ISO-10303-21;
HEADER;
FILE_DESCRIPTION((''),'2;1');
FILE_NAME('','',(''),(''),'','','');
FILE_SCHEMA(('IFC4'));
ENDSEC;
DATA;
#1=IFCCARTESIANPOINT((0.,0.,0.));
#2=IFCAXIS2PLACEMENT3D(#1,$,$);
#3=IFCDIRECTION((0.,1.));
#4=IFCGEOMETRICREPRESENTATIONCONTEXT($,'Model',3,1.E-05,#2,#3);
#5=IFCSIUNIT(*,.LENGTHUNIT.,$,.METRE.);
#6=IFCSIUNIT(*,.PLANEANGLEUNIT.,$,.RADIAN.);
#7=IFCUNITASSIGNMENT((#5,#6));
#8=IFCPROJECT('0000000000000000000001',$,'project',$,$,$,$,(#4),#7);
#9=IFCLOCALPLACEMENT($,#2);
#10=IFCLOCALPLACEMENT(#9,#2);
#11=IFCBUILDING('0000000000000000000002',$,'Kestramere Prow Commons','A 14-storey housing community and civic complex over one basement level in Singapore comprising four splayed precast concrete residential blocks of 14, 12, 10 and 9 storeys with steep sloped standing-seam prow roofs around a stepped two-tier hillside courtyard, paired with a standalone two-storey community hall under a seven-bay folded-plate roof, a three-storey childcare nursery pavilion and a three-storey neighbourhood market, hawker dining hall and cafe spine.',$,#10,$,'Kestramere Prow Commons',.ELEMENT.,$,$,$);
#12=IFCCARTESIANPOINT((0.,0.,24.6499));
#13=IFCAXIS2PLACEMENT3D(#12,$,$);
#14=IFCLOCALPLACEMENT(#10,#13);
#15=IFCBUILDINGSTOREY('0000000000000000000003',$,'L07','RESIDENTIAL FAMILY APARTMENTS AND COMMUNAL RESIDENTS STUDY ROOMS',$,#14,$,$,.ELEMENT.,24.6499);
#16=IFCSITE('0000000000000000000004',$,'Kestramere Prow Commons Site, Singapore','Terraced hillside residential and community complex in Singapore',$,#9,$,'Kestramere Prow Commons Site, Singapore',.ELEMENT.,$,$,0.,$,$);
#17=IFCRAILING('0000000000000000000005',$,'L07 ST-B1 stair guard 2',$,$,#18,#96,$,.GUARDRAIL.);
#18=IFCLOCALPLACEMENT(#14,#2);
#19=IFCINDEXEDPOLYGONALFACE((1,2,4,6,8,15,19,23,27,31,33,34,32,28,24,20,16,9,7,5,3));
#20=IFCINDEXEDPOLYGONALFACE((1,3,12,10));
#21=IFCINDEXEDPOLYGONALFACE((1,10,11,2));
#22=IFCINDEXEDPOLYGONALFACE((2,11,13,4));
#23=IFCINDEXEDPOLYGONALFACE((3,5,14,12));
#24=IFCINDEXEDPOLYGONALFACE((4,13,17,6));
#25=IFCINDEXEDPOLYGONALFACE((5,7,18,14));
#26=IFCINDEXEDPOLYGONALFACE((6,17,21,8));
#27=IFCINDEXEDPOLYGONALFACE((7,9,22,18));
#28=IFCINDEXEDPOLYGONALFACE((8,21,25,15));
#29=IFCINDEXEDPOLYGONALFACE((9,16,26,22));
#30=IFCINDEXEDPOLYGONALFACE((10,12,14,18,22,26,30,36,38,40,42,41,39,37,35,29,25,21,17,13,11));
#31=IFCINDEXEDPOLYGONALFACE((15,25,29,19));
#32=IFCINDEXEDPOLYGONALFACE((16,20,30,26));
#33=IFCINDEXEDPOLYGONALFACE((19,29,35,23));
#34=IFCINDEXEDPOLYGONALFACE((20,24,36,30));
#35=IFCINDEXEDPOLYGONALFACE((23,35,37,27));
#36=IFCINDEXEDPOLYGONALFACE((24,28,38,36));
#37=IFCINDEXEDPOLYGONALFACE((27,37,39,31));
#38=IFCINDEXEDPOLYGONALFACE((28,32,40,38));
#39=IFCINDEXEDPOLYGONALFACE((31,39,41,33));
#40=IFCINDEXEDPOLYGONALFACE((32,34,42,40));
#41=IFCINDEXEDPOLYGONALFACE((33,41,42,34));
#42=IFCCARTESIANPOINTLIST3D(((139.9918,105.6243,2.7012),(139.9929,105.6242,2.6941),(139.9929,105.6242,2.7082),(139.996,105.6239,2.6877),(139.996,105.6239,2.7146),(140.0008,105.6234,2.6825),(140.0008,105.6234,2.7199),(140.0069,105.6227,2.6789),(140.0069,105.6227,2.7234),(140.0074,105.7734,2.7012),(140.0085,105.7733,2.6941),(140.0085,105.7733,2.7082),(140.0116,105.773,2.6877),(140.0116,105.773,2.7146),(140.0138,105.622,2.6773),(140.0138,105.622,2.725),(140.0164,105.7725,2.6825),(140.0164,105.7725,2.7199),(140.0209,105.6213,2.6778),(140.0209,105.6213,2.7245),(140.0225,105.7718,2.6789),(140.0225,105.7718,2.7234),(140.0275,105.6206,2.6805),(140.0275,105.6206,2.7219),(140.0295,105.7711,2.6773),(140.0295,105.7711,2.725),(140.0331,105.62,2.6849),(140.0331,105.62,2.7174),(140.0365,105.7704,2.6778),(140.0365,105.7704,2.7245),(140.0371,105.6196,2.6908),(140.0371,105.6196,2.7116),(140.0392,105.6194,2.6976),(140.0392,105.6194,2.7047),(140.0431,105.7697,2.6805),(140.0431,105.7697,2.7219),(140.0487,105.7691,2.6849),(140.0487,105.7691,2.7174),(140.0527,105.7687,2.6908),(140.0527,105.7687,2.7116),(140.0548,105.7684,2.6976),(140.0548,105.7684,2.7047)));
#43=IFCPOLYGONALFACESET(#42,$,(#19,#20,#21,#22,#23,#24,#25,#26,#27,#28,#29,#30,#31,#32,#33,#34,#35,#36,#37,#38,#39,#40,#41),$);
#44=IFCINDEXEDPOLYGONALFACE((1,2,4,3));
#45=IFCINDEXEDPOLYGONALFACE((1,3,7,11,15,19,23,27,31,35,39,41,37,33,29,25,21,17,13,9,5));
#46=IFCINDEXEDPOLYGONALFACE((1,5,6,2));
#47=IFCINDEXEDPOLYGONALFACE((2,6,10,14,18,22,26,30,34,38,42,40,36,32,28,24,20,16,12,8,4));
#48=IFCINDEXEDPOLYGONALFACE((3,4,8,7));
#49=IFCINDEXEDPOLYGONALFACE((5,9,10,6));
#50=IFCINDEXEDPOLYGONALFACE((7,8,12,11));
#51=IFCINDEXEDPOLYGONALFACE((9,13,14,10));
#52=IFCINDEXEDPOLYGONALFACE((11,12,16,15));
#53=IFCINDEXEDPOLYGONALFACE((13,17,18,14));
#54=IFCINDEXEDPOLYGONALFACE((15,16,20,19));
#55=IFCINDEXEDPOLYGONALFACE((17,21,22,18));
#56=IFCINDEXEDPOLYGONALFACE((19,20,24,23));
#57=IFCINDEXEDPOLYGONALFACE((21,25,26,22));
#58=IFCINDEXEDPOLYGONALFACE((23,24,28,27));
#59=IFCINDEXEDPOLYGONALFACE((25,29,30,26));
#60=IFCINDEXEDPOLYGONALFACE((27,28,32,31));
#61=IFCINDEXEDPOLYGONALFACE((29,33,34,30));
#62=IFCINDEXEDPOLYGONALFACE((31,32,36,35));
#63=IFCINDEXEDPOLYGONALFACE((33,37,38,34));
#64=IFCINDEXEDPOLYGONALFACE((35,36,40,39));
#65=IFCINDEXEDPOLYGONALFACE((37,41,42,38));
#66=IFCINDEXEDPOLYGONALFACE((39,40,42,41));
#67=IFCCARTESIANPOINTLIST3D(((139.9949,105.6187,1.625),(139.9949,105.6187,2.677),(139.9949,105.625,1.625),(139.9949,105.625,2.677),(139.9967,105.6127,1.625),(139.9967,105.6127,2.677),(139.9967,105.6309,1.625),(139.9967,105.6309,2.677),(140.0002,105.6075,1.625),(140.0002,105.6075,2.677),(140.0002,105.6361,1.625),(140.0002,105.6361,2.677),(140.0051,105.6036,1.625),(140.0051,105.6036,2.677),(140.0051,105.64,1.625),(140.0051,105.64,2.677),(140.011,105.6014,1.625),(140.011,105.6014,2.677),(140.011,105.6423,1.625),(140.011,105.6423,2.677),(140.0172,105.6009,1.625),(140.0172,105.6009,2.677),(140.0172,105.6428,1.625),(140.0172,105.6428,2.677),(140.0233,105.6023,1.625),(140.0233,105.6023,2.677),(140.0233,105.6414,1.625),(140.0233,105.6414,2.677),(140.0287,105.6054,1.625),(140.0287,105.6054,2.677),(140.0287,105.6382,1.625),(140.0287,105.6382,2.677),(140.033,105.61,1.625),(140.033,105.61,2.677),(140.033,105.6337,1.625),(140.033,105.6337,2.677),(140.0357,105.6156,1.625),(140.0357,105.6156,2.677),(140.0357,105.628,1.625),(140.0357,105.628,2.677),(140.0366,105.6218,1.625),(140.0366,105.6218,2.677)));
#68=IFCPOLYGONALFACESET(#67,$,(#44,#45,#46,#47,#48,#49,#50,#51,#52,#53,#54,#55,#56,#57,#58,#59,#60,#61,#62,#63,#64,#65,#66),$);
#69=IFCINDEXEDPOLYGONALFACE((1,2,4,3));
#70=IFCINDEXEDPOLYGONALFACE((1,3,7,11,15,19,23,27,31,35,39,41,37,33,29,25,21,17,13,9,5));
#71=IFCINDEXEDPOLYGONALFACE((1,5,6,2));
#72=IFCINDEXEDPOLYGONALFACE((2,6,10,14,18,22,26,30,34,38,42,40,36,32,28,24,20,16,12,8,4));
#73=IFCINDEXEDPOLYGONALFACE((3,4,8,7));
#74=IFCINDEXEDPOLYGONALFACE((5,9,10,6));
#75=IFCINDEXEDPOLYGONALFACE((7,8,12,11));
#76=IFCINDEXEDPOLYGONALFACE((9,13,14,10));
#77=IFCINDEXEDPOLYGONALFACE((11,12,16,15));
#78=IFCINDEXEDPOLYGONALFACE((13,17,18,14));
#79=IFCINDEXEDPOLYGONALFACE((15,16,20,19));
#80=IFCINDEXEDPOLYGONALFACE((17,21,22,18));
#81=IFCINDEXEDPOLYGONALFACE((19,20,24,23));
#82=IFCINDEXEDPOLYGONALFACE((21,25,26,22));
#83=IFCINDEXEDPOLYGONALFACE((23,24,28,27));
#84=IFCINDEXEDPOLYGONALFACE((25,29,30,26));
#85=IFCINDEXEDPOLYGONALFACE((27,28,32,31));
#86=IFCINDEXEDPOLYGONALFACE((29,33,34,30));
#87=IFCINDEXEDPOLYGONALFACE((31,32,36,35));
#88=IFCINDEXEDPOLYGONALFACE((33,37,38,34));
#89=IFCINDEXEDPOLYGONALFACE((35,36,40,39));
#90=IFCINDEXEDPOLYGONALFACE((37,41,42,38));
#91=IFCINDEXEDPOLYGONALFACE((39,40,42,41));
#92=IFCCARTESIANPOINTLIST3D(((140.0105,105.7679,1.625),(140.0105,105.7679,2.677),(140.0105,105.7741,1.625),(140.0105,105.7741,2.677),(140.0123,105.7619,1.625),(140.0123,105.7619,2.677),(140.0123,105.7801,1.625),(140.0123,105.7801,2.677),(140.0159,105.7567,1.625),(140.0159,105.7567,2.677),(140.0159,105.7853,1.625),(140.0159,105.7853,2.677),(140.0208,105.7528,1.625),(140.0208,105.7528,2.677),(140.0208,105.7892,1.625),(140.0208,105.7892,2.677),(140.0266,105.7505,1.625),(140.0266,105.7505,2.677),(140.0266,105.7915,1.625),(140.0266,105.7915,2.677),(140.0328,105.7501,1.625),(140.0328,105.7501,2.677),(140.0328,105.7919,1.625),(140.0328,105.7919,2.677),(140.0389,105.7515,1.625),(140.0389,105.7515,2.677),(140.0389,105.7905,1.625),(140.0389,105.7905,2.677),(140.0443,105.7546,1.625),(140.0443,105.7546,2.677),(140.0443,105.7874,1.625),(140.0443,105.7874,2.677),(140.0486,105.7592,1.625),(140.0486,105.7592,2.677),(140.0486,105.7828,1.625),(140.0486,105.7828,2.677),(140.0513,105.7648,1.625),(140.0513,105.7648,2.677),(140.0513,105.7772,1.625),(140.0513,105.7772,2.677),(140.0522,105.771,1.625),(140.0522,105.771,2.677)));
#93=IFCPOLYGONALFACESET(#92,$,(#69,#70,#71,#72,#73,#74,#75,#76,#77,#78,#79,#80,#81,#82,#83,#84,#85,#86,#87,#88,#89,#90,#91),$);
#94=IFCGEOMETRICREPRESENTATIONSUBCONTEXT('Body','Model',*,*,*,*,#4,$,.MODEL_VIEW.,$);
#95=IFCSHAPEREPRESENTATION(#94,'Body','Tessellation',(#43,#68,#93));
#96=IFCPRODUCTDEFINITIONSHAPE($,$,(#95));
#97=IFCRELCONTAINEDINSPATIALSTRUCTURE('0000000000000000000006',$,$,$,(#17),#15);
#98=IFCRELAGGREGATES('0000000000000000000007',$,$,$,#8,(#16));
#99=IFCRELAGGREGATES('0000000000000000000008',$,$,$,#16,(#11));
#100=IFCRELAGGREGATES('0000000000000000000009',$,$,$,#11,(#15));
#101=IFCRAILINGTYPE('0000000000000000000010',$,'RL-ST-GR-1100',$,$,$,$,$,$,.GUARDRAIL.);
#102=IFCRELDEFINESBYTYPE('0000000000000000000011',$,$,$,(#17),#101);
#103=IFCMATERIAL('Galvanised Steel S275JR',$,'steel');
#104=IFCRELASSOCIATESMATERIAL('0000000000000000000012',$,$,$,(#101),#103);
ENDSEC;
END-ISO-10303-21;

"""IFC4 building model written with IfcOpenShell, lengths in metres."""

from ifc_helpers import new_model, si_unit, direction, frame, origin, origin_2d, place, context, subcontext, project, spatial, circle, extrude, material, type_object, element, save


model = new_model("IFC4")

# Units and contexts
model_context = context("Model", 3, precision=1e-05, world=origin(), true_north=direction((0.0, 1.0)))
body_context = subcontext(model_context, "Body", "Model", "MODEL_VIEW")
ifc_project = project(units=[si_unit("LENGTHUNIT", "METRE"), si_unit("PLANEANGLEUNIT", "RADIAN")], contexts=[model_context])

# Site, building, storey
site_placement = place(None, origin())
site = spatial("IfcSite", under=ifc_project, at=site_placement, Name="Kestramere Prow Commons Site, Singapore", Description="Terraced hillside residential and community complex in Singapore", LongName="Kestramere Prow Commons Site, Singapore", CompositionType="ELEMENT", RefElevation=0.0)
building_placement = place(site_placement, origin())
building = spatial("IfcBuilding", under=site, at=building_placement, Name="Kestramere Prow Commons", Description="A 14-storey housing community and civic complex over one basement level in Singapore comprising four splayed precast concrete residential blocks of 14, 12, 10 and 9 storeys with steep sloped standing-seam prow roofs around a stepped two-tier hillside courtyard, paired with a standalone two-storey community hall under a seven-bay folded-plate roof, a three-storey childcare nursery pavilion and a three-storey neighbourhood market, hawker dining hall and cafe spine.", LongName="Kestramere Prow Commons", CompositionType="ELEMENT")
storey_placement = place(building_placement, frame((0.0, 0.0, 24.6499)))
storey = spatial("IfcBuildingStorey", under=building, at=storey_placement, Name="L07", Description="RESIDENTIAL FAMILY APARTMENTS AND COMMUNAL RESIDENTS STUDY ROOMS", CompositionType="ELEMENT", Elevation=24.6499)

# Railing
ifc_material_1 = material(Name="Galvanised Steel S275JR", Category="steel")
railing_type_1 = type_object("IfcRailingType", Name="RL-ST-GR-1100", PredefinedType="GUARDRAIL", material=ifc_material_1)
railing_1_placement = place(storey_placement, frame((140.0156, 105.6218, 1.625)))
element("IfcRailing", 1, at=railing_1_placement, inside=storey, type_object=railing_type_1, Name="L07 ST-B1 stair guard 2", PredefinedType="GUARDRAIL", context=body_context, shape_type="SweptSolid", body=[
    extrude(circle(Radius=0.0239, at=origin_2d()), frame((0.0, 0.0, 1.0762), z_axis=(0.104176, 0.994559, 0.0), x_axis=(-0.994559, 0.104176, 0.0)), (0.0, 0.0, 1.0), 0.1499),
    extrude(circle(Radius=0.021, at=origin_2d()), origin(), (0.0, 0.0, 1.0), 1.052),
    extrude(circle(Radius=0.021, at=origin_2d()), frame((0.0156, 0.1492, 0.0)), (0.0, 0.0, 1.0), 1.052),
])

save(model, "model.ifc")
